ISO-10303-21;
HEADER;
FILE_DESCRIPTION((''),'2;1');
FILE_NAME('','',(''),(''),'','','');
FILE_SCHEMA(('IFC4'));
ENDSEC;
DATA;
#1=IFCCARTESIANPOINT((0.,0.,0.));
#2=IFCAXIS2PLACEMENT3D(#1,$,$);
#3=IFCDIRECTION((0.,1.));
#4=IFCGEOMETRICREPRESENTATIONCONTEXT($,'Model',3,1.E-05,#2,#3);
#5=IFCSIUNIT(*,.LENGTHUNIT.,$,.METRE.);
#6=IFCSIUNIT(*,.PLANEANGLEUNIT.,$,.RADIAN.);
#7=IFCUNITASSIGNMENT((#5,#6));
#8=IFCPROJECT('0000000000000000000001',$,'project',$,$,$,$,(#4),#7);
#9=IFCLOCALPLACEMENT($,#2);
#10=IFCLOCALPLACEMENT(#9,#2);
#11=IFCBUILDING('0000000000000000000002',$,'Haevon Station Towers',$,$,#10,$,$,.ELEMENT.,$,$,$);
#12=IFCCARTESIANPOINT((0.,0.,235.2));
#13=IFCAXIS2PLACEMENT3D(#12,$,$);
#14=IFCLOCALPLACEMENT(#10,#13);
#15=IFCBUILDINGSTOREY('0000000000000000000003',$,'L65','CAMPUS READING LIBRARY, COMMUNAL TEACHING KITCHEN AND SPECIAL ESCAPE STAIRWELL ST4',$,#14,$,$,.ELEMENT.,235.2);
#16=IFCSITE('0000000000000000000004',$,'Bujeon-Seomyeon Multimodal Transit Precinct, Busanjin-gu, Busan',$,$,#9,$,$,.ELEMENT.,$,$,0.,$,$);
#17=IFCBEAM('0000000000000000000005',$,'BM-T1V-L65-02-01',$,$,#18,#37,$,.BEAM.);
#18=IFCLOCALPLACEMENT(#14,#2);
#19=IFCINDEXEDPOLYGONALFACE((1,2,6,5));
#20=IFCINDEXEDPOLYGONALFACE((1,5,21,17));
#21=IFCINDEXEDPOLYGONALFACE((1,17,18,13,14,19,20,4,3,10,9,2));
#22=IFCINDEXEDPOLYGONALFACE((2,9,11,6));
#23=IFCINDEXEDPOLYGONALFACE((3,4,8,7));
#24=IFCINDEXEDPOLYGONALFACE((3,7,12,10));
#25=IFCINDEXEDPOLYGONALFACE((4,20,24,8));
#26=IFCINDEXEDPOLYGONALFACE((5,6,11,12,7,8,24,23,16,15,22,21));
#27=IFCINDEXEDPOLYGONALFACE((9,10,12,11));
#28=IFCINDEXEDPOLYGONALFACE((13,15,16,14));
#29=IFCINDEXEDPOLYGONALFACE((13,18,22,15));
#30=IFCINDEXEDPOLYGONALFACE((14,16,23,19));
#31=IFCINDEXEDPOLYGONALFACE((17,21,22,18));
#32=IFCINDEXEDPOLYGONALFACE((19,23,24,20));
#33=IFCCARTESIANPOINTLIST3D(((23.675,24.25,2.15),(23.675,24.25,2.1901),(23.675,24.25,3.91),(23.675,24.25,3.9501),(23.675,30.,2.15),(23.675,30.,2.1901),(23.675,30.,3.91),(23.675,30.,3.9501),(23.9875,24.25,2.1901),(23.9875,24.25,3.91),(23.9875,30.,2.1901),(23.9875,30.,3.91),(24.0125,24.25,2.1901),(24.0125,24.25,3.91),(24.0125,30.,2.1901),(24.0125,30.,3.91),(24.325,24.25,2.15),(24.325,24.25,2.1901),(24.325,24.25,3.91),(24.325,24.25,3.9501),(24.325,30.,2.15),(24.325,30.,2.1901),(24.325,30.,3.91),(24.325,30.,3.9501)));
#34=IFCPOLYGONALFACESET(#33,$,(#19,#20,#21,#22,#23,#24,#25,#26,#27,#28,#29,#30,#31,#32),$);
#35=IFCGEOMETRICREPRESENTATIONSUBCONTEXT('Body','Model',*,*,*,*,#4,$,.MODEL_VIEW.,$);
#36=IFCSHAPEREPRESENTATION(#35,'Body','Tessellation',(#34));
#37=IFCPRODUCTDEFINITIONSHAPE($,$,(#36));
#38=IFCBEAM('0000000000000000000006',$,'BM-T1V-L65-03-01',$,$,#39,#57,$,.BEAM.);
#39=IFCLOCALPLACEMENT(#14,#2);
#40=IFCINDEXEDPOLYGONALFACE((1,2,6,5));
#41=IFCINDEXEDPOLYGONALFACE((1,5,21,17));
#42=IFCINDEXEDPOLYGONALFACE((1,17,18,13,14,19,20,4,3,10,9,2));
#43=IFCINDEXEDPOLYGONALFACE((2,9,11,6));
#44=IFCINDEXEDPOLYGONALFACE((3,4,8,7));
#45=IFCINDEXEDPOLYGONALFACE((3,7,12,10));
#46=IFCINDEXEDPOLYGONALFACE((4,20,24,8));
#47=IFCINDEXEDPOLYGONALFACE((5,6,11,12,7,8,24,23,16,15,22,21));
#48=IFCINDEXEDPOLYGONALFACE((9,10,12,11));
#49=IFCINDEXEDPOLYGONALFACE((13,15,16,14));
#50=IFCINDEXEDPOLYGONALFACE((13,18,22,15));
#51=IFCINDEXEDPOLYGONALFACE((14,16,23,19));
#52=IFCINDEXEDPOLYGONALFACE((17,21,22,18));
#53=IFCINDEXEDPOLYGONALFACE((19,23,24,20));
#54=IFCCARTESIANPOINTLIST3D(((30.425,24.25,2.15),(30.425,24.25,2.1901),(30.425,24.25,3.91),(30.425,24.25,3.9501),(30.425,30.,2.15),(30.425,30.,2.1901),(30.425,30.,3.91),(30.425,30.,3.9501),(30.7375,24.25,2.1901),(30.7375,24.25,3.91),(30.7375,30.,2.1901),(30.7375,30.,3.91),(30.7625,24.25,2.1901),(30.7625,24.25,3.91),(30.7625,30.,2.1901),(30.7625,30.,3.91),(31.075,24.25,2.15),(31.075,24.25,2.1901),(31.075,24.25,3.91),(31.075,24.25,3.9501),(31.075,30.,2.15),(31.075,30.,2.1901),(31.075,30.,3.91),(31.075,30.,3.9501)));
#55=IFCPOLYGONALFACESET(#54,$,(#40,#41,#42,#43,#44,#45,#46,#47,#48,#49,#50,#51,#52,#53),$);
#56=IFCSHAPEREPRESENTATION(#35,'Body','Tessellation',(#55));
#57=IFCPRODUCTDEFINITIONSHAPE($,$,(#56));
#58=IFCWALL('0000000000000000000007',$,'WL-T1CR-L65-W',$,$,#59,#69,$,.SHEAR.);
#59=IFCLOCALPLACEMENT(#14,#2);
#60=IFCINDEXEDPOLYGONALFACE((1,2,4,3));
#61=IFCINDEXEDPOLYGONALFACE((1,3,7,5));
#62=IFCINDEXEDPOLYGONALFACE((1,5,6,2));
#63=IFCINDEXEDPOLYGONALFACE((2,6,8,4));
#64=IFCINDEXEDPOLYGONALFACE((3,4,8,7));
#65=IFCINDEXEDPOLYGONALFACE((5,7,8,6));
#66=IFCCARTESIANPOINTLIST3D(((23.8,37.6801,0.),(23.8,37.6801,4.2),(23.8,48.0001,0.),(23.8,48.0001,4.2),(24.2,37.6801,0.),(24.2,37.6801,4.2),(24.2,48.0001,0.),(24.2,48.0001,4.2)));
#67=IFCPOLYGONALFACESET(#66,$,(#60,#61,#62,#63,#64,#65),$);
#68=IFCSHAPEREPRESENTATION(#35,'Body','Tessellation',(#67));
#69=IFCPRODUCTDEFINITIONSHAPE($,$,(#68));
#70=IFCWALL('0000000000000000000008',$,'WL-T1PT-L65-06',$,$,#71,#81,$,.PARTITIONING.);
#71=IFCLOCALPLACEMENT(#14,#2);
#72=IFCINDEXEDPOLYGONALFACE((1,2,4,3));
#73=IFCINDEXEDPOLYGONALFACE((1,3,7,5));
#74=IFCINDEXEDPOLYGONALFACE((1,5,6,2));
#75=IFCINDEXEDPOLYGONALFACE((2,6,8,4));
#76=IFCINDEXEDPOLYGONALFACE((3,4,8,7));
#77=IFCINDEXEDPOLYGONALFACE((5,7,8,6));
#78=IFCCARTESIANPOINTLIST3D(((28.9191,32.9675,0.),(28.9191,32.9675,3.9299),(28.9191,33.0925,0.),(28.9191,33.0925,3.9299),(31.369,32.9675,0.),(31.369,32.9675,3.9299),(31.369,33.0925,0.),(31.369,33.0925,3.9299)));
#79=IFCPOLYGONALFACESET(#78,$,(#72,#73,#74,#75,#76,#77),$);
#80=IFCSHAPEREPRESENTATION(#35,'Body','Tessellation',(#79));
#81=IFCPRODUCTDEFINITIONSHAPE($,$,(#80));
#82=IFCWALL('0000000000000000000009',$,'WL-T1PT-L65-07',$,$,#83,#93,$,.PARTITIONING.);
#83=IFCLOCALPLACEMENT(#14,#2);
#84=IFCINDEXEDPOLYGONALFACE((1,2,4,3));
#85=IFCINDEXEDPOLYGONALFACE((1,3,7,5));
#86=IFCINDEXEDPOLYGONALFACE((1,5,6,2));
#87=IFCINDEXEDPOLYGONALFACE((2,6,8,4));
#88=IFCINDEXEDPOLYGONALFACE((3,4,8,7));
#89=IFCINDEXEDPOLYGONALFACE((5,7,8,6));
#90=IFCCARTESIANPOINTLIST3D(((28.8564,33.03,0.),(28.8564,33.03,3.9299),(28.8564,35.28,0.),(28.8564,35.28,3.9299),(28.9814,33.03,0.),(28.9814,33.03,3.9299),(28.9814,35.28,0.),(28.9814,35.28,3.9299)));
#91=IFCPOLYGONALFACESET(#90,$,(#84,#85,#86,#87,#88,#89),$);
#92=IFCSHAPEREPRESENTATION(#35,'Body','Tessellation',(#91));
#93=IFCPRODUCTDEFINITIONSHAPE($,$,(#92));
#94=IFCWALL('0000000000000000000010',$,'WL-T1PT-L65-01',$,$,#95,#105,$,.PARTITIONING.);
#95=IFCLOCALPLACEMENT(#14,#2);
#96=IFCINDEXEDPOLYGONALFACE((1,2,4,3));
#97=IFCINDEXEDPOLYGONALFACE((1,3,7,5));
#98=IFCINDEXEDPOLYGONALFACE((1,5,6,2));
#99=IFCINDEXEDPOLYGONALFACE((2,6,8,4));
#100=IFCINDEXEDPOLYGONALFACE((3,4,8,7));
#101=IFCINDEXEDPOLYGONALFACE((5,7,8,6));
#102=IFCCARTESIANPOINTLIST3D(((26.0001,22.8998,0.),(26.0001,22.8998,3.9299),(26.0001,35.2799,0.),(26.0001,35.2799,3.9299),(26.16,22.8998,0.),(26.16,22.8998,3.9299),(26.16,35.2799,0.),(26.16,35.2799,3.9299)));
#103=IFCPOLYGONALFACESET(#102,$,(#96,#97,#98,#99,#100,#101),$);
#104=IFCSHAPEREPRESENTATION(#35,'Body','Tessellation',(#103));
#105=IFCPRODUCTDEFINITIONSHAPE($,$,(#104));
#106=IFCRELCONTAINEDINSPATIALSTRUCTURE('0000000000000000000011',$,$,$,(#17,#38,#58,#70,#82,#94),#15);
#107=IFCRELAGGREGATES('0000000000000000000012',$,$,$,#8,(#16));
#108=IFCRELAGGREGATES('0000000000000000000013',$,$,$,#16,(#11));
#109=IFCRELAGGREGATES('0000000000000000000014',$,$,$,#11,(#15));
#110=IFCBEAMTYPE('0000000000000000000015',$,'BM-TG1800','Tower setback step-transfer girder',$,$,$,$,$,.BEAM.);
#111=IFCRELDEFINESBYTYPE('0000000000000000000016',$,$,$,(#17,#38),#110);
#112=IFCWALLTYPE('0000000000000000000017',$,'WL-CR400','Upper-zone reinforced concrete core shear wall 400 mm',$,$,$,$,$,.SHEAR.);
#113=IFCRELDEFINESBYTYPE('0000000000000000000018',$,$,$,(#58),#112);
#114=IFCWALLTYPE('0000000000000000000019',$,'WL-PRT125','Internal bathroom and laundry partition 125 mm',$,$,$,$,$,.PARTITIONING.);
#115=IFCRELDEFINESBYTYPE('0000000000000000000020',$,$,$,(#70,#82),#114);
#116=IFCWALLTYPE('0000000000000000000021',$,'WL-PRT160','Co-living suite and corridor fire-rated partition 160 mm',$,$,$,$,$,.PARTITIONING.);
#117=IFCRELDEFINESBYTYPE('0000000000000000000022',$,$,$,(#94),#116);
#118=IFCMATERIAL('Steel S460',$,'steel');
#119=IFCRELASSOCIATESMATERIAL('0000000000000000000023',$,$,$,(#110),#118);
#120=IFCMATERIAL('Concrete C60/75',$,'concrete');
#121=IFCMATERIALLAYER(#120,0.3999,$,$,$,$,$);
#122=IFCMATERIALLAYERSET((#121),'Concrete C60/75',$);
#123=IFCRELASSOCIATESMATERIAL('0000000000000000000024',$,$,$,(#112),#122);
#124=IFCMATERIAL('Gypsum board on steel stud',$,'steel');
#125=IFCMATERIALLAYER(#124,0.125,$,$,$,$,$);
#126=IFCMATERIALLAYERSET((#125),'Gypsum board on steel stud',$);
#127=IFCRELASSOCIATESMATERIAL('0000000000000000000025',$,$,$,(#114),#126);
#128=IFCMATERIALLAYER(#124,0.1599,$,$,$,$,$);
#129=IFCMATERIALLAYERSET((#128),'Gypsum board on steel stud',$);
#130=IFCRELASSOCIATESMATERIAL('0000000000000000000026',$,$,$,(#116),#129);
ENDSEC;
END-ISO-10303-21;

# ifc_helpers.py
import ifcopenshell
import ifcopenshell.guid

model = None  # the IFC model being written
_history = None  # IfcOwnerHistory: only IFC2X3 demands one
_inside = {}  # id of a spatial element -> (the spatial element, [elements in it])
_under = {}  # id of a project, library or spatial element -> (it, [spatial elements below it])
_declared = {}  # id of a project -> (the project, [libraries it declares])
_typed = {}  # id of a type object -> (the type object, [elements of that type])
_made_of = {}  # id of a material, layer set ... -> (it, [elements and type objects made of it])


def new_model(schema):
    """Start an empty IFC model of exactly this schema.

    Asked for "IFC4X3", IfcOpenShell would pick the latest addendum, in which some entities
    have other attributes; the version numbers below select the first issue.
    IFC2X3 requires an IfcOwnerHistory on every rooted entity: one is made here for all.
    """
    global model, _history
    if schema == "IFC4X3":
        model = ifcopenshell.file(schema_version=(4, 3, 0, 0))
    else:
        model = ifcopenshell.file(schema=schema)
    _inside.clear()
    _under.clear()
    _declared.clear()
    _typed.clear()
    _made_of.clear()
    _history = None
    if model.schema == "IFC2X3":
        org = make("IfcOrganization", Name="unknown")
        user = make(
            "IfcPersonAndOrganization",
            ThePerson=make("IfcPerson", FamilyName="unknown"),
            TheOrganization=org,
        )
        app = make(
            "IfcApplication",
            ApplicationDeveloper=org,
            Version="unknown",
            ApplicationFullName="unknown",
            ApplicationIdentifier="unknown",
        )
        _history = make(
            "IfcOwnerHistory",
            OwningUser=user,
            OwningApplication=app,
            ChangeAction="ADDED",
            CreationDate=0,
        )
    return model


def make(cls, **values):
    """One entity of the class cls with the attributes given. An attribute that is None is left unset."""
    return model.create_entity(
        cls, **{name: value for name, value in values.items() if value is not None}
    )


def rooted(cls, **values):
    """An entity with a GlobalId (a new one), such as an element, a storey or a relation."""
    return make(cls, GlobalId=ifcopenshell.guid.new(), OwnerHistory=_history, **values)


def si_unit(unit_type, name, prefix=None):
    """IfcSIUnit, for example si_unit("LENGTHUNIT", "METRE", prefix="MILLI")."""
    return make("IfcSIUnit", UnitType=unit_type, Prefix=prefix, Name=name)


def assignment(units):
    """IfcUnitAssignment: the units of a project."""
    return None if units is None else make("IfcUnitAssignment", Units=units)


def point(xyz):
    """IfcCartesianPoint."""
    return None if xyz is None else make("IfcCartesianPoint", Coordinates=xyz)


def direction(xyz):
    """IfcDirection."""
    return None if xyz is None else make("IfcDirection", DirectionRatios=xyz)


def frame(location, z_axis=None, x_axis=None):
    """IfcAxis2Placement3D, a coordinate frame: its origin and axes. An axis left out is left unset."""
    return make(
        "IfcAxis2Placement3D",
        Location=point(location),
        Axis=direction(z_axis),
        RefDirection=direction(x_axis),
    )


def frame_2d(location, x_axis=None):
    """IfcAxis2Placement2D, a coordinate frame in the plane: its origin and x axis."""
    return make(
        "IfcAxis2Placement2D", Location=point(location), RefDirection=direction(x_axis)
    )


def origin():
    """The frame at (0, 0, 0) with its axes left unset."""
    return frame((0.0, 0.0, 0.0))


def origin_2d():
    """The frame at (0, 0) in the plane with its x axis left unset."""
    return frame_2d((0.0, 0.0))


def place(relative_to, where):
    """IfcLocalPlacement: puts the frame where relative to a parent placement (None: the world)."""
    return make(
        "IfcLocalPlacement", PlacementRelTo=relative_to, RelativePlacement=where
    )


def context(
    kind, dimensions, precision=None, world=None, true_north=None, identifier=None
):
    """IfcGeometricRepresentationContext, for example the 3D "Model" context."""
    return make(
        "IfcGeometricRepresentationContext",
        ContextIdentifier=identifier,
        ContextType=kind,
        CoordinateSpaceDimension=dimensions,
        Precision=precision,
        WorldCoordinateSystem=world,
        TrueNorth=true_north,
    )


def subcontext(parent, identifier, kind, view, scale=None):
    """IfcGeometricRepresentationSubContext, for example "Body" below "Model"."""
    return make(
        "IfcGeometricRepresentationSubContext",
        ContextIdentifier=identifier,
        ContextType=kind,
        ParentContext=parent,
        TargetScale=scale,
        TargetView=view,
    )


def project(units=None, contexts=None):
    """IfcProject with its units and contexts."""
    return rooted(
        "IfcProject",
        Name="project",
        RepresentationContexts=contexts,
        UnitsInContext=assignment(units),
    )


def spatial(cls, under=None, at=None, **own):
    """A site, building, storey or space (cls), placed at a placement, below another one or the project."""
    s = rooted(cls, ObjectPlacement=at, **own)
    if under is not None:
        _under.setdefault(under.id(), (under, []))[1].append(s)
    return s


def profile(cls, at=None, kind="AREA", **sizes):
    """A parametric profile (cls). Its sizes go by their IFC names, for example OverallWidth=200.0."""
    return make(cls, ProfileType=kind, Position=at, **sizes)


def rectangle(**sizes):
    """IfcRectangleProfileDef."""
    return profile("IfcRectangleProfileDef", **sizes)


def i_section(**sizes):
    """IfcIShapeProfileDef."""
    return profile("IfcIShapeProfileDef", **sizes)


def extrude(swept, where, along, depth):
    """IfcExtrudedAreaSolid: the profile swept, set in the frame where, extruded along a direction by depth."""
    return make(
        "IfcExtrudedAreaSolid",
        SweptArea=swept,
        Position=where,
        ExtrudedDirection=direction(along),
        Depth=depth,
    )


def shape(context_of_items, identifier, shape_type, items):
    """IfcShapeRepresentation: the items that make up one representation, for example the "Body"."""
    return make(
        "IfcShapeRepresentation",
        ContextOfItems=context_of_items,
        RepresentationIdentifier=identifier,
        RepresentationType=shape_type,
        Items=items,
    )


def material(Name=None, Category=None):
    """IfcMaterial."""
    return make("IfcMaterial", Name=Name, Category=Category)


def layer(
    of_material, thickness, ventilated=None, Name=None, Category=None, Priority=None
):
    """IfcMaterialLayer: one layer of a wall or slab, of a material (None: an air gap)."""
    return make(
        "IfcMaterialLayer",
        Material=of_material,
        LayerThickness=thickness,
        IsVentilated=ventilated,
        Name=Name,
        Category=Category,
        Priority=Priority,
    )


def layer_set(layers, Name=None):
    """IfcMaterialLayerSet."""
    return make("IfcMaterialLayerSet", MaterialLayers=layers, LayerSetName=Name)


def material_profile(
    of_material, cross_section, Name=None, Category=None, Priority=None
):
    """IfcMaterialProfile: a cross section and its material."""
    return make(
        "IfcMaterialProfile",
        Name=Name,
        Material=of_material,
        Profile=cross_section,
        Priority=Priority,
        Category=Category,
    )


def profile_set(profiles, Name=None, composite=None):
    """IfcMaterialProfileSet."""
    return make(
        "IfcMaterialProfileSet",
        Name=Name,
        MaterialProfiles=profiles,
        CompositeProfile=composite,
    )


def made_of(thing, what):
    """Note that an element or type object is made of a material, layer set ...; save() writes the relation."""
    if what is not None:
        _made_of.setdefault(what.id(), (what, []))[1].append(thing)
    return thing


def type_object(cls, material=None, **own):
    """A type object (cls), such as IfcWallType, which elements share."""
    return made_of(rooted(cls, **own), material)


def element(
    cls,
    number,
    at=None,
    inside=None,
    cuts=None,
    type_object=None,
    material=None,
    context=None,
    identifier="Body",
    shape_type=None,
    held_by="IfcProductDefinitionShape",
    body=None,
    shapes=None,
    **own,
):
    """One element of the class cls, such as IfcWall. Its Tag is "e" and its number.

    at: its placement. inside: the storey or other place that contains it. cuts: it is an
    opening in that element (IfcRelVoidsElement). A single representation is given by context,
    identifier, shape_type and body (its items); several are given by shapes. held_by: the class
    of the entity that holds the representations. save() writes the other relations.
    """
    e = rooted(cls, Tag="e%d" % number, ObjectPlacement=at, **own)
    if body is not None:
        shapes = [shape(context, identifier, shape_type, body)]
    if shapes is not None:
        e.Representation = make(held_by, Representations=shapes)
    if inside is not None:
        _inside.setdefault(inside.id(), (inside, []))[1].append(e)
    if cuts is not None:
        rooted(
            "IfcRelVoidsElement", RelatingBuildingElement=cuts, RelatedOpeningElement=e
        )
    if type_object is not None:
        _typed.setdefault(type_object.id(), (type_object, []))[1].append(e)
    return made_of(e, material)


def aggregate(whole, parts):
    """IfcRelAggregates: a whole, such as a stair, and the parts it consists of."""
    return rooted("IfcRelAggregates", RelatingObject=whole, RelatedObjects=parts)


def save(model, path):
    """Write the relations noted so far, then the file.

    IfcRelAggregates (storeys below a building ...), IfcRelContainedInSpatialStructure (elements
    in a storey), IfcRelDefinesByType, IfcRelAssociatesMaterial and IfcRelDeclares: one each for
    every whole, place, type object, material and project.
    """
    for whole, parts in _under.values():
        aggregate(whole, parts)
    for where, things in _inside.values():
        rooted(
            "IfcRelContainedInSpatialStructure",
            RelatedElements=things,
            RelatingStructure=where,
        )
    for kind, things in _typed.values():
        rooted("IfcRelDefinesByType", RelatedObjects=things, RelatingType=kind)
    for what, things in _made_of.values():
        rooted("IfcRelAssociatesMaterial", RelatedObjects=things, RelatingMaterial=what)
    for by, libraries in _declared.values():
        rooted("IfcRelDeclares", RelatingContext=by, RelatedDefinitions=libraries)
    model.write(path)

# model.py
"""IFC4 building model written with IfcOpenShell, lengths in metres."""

from ifc_helpers import new_model, si_unit, direction, frame, frame_2d, origin, origin_2d, place, context, subcontext, project, spatial, rectangle, i_section, extrude, material, layer, layer_set, material_profile, profile_set, type_object, element, save


model = new_model("IFC4")

# Units and contexts
model_context = context("Model", 3, precision=1e-05, world=origin(), true_north=direction((0.0, 1.0)))
body_context = subcontext(model_context, "Body", "Model", "MODEL_VIEW")
ifc_project = project(units=[si_unit("LENGTHUNIT", "METRE"), si_unit("PLANEANGLEUNIT", "RADIAN")], contexts=[model_context])

# Site, building, storey
site_placement = place(None, origin())
site = spatial("IfcSite", under=ifc_project, at=site_placement, Name="Bujeon-Seomyeon Multimodal Transit Precinct, Busanjin-gu, Busan", CompositionType="ELEMENT", RefElevation=0.0)
building_placement = place(site_placement, origin())
building = spatial("IfcBuilding", under=site, at=building_placement, Name="Haevon Station Towers", CompositionType="ELEMENT")
storey_placement = place(building_placement, frame((0.0, 0.0, 235.2)))
storey = spatial("IfcBuildingStorey", under=building, at=storey_placement, Name="L65", Description="CAMPUS READING LIBRARY, COMMUNAL TEACHING KITCHEN AND SPECIAL ESCAPE STAIRWELL ST4", CompositionType="ELEMENT", Elevation=235.2)

# Beams
ifc_material_1 = material(Name="Steel S460", Category="steel")
ifc_material_profile_1 = material_profile(ifc_material_1, i_section(OverallWidth=0.6499, OverallDepth=1.8, WebThickness=0.0249, FlangeThickness=0.04, at=origin_2d()), Name="H-1800x650x25x40")
ifc_profile_set_1 = profile_set([ifc_material_profile_1], Name="Steel S460")
beam_type_1 = type_object("IfcBeamType", Name="BM-TG1800", Description="Tower setback step-transfer girder", PredefinedType="BEAM", material=ifc_profile_set_1)
for number, where, z_axis, x_axis, name in (
    (1, (24.0, 24.25, 3.05), (0.0, 1.0, 0.0), (-1.0, 0.0, 0.0), "BM-T1V-L65-02-01"),
    (2, (30.75, 24.25, 3.05), (0.0, 1.0, 0.0), (-1.0, 0.0, 0.0), "BM-T1V-L65-03-01"),
):
    element("IfcBeam", number, at=place(storey_placement, frame(where, z_axis=z_axis, x_axis=x_axis)), inside=storey, type_object=beam_type_1, Name=name, PredefinedType="BEAM", context=body_context, shape_type="SweptSolid", body=[
        extrude(i_section(OverallWidth=0.6499, OverallDepth=1.8, WebThickness=0.0249, FlangeThickness=0.04, at=origin_2d()), origin(), (0.0, 0.0, 1.0), 5.75),
    ])

# Walls
ifc_material_2 = material(Name="Concrete C60/75", Category="concrete")
ifc_layer_1 = layer(ifc_material_2, 0.3999)
ifc_layer_set_1 = layer_set([ifc_layer_1], Name="Concrete C60/75")
wall_type_1 = type_object("IfcWallType", Name="WL-CR400", Description="Upper-zone reinforced concrete core shear wall 400 mm", PredefinedType="SHEAR", material=ifc_layer_set_1)
wall_1_placement = place(storey_placement, frame((24.0, 37.6799, 0.0), z_axis=(0.0, 0.0, 1.0), x_axis=(0.0, 1.0, 0.0)))
element("IfcWall", 3, at=wall_1_placement, inside=storey, type_object=wall_type_1, Name="WL-T1CR-L65-W", PredefinedType="SHEAR", context=body_context, shape_type="SweptSolid", body=[
    extrude(rectangle(XDim=10.3201, YDim=0.3999, at=frame_2d((5.1602, 0.0))), origin(), (0.0, 0.0, 1.0), 4.2),
])
ifc_material_3 = material(Name="Gypsum board on steel stud", Category="steel")
ifc_layer_2 = layer(ifc_material_3, 0.125)
ifc_layer_set_2 = layer_set([ifc_layer_2], Name="Gypsum board on steel stud")
wall_type_2 = type_object("IfcWallType", Name="WL-PRT125", Description="Internal bathroom and laundry partition 125 mm", PredefinedType="PARTITIONING", material=ifc_layer_set_2)
wall_2_placement = place(storey_placement, frame((28.9189, 33.03, 0.0), z_axis=(0.0, 0.0, 1.0), x_axis=(1.0, 0.0, 0.0)))
element("IfcWall", 4, at=wall_2_placement, inside=storey, type_object=wall_type_2, Name="WL-T1PT-L65-06", PredefinedType="PARTITIONING", context=body_context, shape_type="SweptSolid", body=[
    extrude(rectangle(XDim=2.45, YDim=0.125, at=frame_2d((1.2251, 0.0))), origin(), (0.0, 0.0, 1.0), 3.9299),
])
wall_3_placement = place(storey_placement, frame((28.9189, 33.03, 0.0), z_axis=(0.0, 0.0, 1.0), x_axis=(0.0, 1.0, 0.0)))
element("IfcWall", 5, at=wall_3_placement, inside=storey, type_object=wall_type_2, Name="WL-T1PT-L65-07", PredefinedType="PARTITIONING", context=body_context, shape_type="SweptSolid", body=[
    extrude(rectangle(XDim=2.25, YDim=0.125, at=frame_2d((1.125, 0.0))), origin(), (0.0, 0.0, 1.0), 3.9299),
])
ifc_layer_3 = layer(ifc_material_3, 0.1599)
ifc_layer_set_3 = layer_set([ifc_layer_3], Name="Gypsum board on steel stud")
wall_type_3 = type_object("IfcWallType", Name="WL-PRT160", Description="Co-living suite and corridor fire-rated partition 160 mm", PredefinedType="PARTITIONING", material=ifc_layer_set_3)
wall_4_placement = place(storey_placement, frame((26.0801, 22.8999, 0.0), z_axis=(0.0, 0.0, 1.0), x_axis=(0.0, 1.0, 0.0)))
element("IfcWall", 6, at=wall_4_placement, inside=storey, type_object=wall_type_3, Name="WL-T1PT-L65-01", PredefinedType="PARTITIONING", context=body_context, shape_type="SweptSolid", body=[
    extrude(rectangle(XDim=12.3801, YDim=0.1599, at=frame_2d((6.1899, 0.0))), origin(), (0.0, 0.0, 1.0), 3.9299),
])

save(model, "model.ifc")
